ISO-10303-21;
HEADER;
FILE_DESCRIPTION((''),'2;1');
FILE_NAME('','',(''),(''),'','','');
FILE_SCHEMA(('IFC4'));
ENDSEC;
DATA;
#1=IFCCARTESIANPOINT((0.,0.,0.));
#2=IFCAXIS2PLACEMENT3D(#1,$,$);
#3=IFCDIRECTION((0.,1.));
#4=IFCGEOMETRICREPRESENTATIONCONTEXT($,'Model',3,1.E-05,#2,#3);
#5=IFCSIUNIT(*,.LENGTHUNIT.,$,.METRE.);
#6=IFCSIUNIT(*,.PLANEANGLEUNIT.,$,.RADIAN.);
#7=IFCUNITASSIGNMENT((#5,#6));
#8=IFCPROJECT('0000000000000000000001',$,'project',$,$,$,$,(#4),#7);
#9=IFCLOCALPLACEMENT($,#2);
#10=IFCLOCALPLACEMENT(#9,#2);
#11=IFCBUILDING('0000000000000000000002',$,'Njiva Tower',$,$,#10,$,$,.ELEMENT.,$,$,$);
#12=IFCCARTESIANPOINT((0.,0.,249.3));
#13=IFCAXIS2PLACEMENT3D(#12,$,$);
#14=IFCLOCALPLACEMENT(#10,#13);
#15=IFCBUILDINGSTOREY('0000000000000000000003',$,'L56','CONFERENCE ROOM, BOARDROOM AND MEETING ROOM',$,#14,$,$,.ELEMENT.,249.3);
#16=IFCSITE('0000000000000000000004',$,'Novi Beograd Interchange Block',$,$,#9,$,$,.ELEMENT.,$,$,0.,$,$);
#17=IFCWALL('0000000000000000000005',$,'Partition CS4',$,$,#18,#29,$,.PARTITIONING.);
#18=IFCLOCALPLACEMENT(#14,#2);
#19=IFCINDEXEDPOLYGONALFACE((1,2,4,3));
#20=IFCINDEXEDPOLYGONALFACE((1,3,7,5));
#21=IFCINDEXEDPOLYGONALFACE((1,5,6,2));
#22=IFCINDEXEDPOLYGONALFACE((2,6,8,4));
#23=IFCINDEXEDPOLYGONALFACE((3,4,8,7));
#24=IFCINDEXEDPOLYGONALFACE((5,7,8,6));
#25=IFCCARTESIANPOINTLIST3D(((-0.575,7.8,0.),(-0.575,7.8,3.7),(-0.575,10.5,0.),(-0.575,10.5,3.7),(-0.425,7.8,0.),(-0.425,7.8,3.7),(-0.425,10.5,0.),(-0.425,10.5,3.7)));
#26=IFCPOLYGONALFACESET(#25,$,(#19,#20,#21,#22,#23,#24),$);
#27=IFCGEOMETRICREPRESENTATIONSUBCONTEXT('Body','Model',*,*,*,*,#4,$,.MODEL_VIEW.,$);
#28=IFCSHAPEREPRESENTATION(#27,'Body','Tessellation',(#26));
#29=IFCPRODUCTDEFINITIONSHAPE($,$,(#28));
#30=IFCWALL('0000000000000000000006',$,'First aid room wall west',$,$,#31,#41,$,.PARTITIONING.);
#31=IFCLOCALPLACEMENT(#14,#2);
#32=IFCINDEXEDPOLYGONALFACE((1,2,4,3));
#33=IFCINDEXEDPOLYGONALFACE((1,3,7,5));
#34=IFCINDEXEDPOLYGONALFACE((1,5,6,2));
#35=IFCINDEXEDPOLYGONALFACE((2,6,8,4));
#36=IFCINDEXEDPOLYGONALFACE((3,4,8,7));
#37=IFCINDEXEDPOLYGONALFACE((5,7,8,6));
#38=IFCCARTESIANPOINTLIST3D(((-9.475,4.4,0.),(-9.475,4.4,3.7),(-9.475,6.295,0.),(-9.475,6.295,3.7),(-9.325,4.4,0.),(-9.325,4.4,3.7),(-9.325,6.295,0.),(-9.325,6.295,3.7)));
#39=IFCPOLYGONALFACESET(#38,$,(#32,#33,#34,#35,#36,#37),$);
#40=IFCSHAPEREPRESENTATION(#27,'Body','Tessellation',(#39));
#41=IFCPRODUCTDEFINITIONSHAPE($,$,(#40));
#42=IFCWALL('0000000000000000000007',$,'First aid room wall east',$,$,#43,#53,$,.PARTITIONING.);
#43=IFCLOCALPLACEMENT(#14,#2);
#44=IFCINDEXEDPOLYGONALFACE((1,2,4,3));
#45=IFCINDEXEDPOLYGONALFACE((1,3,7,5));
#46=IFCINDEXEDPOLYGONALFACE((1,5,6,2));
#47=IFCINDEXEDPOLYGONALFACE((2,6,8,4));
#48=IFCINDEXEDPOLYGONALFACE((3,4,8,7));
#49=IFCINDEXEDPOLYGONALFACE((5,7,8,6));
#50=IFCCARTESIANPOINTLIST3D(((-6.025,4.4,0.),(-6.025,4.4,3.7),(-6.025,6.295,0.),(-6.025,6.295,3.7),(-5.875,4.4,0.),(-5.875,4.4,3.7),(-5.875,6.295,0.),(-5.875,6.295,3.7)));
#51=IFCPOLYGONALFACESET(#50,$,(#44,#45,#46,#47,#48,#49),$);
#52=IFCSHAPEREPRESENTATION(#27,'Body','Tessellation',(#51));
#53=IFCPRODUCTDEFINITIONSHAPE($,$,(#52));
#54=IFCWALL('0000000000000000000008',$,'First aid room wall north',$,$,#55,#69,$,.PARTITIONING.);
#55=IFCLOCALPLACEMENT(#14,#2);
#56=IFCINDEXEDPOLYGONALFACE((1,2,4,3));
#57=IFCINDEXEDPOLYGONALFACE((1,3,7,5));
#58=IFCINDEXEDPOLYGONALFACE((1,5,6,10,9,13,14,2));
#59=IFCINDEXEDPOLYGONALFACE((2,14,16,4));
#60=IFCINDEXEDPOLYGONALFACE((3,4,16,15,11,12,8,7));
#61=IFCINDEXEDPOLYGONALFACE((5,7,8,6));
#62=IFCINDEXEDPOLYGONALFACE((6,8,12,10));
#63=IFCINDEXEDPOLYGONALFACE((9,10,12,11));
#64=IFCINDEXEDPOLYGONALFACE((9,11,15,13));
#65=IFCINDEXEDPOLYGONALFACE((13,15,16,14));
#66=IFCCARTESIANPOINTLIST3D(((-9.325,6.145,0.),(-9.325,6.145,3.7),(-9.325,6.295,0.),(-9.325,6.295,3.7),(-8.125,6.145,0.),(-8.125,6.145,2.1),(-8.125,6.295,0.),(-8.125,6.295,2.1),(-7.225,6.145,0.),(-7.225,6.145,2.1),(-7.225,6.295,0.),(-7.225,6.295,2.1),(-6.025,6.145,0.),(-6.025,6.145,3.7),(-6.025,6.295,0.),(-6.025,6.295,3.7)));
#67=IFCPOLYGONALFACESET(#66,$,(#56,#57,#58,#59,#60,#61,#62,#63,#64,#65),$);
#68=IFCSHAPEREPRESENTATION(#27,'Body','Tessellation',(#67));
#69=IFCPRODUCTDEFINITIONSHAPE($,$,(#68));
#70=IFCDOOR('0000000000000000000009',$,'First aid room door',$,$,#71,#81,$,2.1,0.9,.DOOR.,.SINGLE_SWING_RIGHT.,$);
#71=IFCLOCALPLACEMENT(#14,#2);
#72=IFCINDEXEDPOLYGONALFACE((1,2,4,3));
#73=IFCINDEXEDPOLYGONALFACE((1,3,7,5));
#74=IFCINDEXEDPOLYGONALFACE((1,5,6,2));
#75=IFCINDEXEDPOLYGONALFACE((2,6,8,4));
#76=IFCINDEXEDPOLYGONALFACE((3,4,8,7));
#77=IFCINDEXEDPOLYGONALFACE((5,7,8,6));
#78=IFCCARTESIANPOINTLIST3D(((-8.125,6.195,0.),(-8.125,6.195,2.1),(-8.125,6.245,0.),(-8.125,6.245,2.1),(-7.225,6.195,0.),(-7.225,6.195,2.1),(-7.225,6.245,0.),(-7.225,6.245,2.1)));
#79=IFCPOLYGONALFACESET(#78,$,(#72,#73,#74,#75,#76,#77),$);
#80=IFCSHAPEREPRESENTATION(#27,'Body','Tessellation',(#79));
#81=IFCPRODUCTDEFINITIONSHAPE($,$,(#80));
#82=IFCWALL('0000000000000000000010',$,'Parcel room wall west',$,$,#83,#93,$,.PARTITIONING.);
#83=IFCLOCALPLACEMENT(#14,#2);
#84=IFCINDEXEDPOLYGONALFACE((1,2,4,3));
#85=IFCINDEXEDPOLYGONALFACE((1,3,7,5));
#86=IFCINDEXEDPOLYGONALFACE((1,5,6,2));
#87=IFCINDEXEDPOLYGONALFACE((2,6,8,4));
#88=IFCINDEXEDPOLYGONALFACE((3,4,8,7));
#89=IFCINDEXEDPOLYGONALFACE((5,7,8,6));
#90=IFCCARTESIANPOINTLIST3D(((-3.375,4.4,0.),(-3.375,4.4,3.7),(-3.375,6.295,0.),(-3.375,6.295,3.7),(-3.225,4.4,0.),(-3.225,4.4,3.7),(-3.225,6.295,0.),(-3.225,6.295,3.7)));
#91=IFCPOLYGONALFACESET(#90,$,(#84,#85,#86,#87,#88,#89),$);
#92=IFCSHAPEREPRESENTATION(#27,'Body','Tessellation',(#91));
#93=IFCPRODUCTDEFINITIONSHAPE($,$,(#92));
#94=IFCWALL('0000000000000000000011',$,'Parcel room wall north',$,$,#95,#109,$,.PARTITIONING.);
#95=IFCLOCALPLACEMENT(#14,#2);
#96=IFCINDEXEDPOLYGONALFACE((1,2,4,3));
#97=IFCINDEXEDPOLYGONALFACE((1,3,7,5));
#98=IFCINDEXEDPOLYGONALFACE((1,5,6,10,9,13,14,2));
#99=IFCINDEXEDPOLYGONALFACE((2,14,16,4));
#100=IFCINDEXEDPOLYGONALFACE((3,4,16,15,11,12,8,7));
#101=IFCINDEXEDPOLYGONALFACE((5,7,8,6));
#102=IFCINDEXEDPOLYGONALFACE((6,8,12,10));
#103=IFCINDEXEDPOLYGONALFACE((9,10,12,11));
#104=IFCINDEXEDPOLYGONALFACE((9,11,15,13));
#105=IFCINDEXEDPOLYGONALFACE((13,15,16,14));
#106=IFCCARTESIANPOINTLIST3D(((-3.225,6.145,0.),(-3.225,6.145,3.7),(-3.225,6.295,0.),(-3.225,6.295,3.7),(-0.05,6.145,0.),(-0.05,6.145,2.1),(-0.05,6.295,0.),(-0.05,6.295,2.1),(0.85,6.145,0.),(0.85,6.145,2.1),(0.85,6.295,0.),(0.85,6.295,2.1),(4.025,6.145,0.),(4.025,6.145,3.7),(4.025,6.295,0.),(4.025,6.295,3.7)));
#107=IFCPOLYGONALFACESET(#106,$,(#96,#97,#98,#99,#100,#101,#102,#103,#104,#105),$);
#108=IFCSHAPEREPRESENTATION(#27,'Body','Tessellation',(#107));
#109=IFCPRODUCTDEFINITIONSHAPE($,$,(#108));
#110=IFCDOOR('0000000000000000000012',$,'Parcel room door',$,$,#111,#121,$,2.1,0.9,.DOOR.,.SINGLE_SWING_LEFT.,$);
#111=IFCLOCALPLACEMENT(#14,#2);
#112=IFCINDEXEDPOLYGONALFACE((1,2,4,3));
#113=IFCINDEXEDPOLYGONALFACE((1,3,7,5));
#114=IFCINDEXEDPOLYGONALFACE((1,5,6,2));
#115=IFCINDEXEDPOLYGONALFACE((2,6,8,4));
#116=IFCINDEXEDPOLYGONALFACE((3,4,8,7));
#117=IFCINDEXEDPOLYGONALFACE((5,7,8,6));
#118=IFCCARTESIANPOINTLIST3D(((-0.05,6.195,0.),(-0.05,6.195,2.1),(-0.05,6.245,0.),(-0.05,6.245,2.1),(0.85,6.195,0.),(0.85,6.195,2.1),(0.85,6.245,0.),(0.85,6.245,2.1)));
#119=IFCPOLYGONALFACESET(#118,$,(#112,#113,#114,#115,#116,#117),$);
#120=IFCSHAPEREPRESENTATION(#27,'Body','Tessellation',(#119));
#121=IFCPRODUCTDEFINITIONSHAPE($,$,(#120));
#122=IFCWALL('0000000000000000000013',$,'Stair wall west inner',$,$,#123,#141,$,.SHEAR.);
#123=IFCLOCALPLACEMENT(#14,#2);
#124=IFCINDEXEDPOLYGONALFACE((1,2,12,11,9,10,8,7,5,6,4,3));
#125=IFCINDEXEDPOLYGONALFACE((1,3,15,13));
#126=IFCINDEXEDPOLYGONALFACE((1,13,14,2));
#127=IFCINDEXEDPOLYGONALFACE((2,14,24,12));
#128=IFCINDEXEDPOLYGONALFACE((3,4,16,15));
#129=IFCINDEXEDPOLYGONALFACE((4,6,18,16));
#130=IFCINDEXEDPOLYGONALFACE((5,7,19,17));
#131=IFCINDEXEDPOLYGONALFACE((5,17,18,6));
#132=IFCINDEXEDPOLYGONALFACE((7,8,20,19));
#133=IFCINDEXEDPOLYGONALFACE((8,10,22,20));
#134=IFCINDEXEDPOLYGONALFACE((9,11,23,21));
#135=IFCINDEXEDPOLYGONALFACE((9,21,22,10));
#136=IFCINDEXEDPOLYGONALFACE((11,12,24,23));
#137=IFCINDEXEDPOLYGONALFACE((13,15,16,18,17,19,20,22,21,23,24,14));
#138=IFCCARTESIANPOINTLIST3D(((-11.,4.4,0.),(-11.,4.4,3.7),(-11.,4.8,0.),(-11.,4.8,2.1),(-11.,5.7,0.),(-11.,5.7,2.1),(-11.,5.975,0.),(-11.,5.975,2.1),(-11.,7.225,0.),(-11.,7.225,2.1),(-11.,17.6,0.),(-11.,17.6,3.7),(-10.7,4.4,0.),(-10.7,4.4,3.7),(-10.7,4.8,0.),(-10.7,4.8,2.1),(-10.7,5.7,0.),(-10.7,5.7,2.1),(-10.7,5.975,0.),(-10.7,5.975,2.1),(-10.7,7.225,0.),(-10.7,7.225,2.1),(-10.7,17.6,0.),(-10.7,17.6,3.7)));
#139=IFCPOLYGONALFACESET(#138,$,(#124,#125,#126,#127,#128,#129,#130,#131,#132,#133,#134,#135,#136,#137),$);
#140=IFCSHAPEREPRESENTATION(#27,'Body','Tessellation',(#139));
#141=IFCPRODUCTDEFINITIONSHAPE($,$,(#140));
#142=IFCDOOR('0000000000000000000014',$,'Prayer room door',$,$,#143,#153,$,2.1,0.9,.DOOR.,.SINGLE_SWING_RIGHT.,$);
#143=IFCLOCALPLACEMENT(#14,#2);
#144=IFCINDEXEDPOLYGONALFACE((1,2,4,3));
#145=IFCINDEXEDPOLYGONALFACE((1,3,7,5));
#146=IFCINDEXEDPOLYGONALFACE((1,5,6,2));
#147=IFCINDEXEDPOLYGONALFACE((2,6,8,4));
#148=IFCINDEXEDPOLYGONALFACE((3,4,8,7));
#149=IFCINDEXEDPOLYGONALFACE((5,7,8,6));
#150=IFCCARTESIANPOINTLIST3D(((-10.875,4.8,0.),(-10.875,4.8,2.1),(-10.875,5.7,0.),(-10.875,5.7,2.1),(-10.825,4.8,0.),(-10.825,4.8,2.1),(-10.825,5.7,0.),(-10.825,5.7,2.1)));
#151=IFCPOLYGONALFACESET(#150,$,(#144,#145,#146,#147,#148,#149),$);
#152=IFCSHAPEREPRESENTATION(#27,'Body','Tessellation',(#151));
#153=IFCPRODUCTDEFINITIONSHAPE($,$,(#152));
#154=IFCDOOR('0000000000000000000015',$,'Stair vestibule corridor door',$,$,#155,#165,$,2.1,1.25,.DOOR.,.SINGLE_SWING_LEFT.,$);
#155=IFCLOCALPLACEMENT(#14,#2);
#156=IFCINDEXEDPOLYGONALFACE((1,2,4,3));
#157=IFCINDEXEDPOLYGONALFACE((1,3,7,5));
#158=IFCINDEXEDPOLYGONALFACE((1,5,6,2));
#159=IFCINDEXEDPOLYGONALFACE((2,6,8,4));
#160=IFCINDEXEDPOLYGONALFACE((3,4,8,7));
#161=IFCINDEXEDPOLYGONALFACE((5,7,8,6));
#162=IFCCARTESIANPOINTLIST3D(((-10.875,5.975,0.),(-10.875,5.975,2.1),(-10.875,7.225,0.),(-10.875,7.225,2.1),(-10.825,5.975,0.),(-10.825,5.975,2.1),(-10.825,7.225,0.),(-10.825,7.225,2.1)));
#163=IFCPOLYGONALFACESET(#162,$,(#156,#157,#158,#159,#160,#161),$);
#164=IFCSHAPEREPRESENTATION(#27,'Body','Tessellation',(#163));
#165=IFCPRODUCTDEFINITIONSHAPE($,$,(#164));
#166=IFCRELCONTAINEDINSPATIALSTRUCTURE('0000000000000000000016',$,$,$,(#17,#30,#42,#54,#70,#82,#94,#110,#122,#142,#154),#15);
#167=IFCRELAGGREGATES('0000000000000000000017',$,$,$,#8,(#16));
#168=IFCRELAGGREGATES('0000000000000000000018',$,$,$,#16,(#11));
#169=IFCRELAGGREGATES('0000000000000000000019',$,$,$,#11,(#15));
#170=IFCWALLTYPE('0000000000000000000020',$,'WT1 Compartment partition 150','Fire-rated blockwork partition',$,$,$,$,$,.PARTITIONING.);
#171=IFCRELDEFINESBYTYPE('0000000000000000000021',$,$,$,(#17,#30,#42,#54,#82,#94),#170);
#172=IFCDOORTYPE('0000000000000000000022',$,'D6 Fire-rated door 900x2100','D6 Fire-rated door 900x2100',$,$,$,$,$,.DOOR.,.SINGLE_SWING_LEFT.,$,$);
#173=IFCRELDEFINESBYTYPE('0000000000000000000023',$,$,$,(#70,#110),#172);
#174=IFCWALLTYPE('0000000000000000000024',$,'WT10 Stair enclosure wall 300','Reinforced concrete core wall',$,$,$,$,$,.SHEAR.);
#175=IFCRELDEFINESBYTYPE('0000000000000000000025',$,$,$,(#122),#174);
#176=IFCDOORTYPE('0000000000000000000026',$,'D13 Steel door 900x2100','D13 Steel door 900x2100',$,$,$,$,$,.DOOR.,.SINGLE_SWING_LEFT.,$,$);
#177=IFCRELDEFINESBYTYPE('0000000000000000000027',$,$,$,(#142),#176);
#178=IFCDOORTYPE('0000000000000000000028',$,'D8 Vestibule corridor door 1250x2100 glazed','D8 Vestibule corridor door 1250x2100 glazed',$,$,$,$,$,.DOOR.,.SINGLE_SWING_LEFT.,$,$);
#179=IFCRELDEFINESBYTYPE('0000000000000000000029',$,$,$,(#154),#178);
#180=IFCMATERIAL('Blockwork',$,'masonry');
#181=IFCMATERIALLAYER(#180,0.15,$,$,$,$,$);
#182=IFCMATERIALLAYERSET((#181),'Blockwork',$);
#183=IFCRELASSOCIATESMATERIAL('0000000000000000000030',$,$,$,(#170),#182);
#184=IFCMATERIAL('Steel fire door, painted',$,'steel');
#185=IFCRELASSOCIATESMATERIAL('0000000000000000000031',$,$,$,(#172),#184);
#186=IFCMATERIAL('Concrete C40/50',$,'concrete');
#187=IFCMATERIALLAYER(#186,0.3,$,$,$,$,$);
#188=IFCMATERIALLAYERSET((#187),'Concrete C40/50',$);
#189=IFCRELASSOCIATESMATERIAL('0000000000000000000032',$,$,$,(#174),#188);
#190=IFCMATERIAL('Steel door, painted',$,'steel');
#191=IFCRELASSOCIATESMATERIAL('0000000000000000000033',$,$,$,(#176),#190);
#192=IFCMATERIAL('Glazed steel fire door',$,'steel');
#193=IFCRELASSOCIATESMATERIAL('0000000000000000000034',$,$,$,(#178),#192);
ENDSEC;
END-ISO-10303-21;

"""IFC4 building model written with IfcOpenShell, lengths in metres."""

from ifc_helpers import new_model, si_unit, direction, frame, frame_2d, origin, place, context, subcontext, project, spatial, rectangle, extrude, material, layer, layer_set, type_object, element, fill, save


model = new_model("IFC4")

# Units and contexts
model_context = context("Model", 3, precision=1e-05, world=origin(), true_north=direction((0.0, 1.0)))
body_context = subcontext(model_context, "Body", "Model", "MODEL_VIEW")
ifc_project = project(units=[si_unit("LENGTHUNIT", "METRE"), si_unit("PLANEANGLEUNIT", "RADIAN")], contexts=[model_context])

# Site, building, storey
site_placement = place(None, origin())
site = spatial("IfcSite", under=ifc_project, at=site_placement, Name="Novi Beograd Interchange Block", CompositionType="ELEMENT", RefElevation=0.0)
building_placement = place(site_placement, origin())
building = spatial("IfcBuilding", under=site, at=building_placement, Name="Njiva Tower", CompositionType="ELEMENT")
storey_placement = place(building_placement, frame((0.0, 0.0, 249.3)))
storey = spatial("IfcBuildingStorey", under=building, at=storey_placement, Name="L56", Description="CONFERENCE ROOM, BOARDROOM AND MEETING ROOM", CompositionType="ELEMENT", Elevation=249.3)

# Walls
ifc_material_1 = material(Name="Blockwork", Category="masonry")
ifc_layer_1 = layer(ifc_material_1, 0.15)
ifc_layer_set_1 = layer_set([ifc_layer_1], Name="Blockwork")
wall_type_1 = type_object("IfcWallType", Name="WT1 Compartment partition 150", Description="Fire-rated blockwork partition", PredefinedType="PARTITIONING", material=ifc_layer_set_1)
wall_1_placement = place(storey_placement, frame((-0.5, 7.8, 0.0), z_axis=(0.0, 0.0, 1.0), x_axis=(0.0, 1.0, 0.0)))
element("IfcWall", 1, at=wall_1_placement, inside=storey, type_object=wall_type_1, Name="Partition CS4", PredefinedType="PARTITIONING", context=body_context, shape_type="SweptSolid", body=[
    extrude(rectangle(XDim=2.7, YDim=0.15, at=frame_2d((1.35, 0.0))), origin(), (0.0, 0.0, 1.0), 3.7),
])
for number, where, z_axis, x_axis, name in (
    (2, (-9.4, 4.4, 0.0), (0.0, 0.0, 1.0), (0.0, 1.0, 0.0), "First aid room wall west"),
    (3, (-5.95, 4.4, 0.0), (0.0, 0.0, 1.0), (0.0, 1.0, 0.0), "First aid room wall east"),
):
    element("IfcWall", number, at=place(storey_placement, frame(where, z_axis=z_axis, x_axis=x_axis)), inside=storey, type_object=wall_type_1, Name=name, PredefinedType="PARTITIONING", context=body_context, shape_type="SweptSolid", body=[
        extrude(rectangle(XDim=1.895, YDim=0.15, at=frame_2d((0.9475, 0.0))), origin(), (0.0, 0.0, 1.0), 3.7),
    ])

# Wall, opening, door
wall_2_placement = place(storey_placement, frame((-9.325, 6.22, 0.0), z_axis=(0.0, 0.0, 1.0), x_axis=(1.0, 0.0, 0.0)))
wall_2 = element("IfcWall", 4, at=wall_2_placement, inside=storey, type_object=wall_type_1, Name="First aid room wall north", PredefinedType="PARTITIONING", context=body_context, shape_type="SweptSolid", body=[
    extrude(rectangle(XDim=3.3, YDim=0.15, at=frame_2d((1.65, 0.0))), origin(), (0.0, 0.0, 1.0), 3.7),
])
opening_1_placement = place(wall_2_placement, frame((1.2, 0.0, 0.0)))
opening_1 = element("IfcOpeningElement", 5, at=opening_1_placement, cuts=wall_2, PredefinedType="OPENING", context=body_context, shape_type="SweptSolid", body=[
    extrude(rectangle(XDim=0.9, YDim=2.1, at=frame_2d((0.45, 1.05))), frame((0.0, 0.085, 0.0), z_axis=(0.0, -1.0, 0.0), x_axis=(1.0, 0.0, 0.0)), (0.0, 0.0, 1.0), 0.17),
])
ifc_material_2 = material(Name="Steel fire door, painted", Category="steel")
door_type_1 = type_object("IfcDoorType", Name="D6 Fire-rated door 900x2100", Description="D6 Fire-rated door 900x2100", OperationType="SINGLE_SWING_LEFT", PredefinedType="DOOR", material=ifc_material_2)
door_1_placement = place(opening_1_placement, origin())
door_1 = element("IfcDoor", 6, at=door_1_placement, inside=storey, type_object=door_type_1, Name="First aid room door", OperationType="SINGLE_SWING_RIGHT", OverallHeight=2.1, OverallWidth=0.9, PredefinedType="DOOR", context=body_context, shape_type="SweptSolid", body=[
    extrude(rectangle(XDim=0.9, YDim=2.1, at=frame_2d((0.45, 1.05))), frame((0.0, 0.025, 0.0), z_axis=(0.0, -1.0, 0.0), x_axis=(1.0, 0.0, 0.0)), (0.0, 0.0, 1.0), 0.05),
])
fill(opening_1, door_1)

# Wall
wall_3_placement = place(storey_placement, frame((-3.3, 4.4, 0.0), z_axis=(0.0, 0.0, 1.0), x_axis=(0.0, 1.0, 0.0)))
element("IfcWall", 7, at=wall_3_placement, inside=storey, type_object=wall_type_1, Name="Parcel room wall west", PredefinedType="PARTITIONING", context=body_context, shape_type="SweptSolid", body=[
    extrude(rectangle(XDim=1.895, YDim=0.15, at=frame_2d((0.9475, 0.0))), origin(), (0.0, 0.0, 1.0), 3.7),
])

# Wall, opening, door
wall_4_placement = place(storey_placement, frame((-3.225, 6.22, 0.0), z_axis=(0.0, 0.0, 1.0), x_axis=(1.0, 0.0, 0.0)))
wall_4 = element("IfcWall", 8, at=wall_4_placement, inside=storey, type_object=wall_type_1, Name="Parcel room wall north", PredefinedType="PARTITIONING", context=body_context, shape_type="SweptSolid", body=[
    extrude(rectangle(XDim=7.25, YDim=0.15, at=frame_2d((3.625, 0.0))), origin(), (0.0, 0.0, 1.0), 3.7),
])
opening_2_placement = place(wall_4_placement, frame((3.175, 0.0, 0.0)))
opening_2 = element("IfcOpeningElement", 9, at=opening_2_placement, cuts=wall_4, PredefinedType="OPENING", context=body_context, shape_type="SweptSolid", body=[
    extrude(rectangle(XDim=0.9, YDim=2.1, at=frame_2d((0.45, 1.05))), frame((0.0, 0.085, 0.0), z_axis=(0.0, -1.0, 0.0), x_axis=(1.0, 0.0, 0.0)), (0.0, 0.0, 1.0), 0.17),
])
door_2_placement = place(opening_2_placement, origin())
door_2 = element("IfcDoor", 10, at=door_2_placement, inside=storey, type_object=door_type_1, Name="Parcel room door", OperationType="SINGLE_SWING_LEFT", OverallHeight=2.1, OverallWidth=0.9, PredefinedType="DOOR", context=body_context, shape_type="SweptSolid", body=[
    extrude(rectangle(XDim=0.9, YDim=2.1, at=frame_2d((0.45, 1.05))), frame((0.0, 0.025, 0.0), z_axis=(0.0, -1.0, 0.0), x_axis=(1.0, 0.0, 0.0)), (0.0, 0.0, 1.0), 0.05),
])
fill(opening_2, door_2)

# Wall, openings, doors
ifc_material_3 = material(Name="Concrete C40/50", Category="concrete")
ifc_layer_2 = layer(ifc_material_3, 0.3)
ifc_layer_set_2 = layer_set([ifc_layer_2], Name="Concrete C40/50")
wall_type_2 = type_object("IfcWallType", Name="WT10 Stair enclosure wall 300", Description="Reinforced concrete core wall", PredefinedType="SHEAR", material=ifc_layer_set_2)
wall_5_placement = place(storey_placement, frame((-10.85, 4.4, 0.0), z_axis=(0.0, 0.0, 1.0), x_axis=(0.0, 1.0, 0.0)))
wall_5 = element("IfcWall", 11, at=wall_5_placement, inside=storey, type_object=wall_type_2, Name="Stair wall west inner", PredefinedType="SHEAR", context=body_context, shape_type="SweptSolid", body=[
    extrude(rectangle(XDim=13.2, YDim=0.3, at=frame_2d((6.6, 0.0))), origin(), (0.0, 0.0, 1.0), 3.7),
])
opening_3_placement = place(wall_5_placement, frame((1.575, 0.0, 0.0)))
opening_3 = element("IfcOpeningElement", 12, at=opening_3_placement, cuts=wall_5, PredefinedType="OPENING", context=body_context, shape_type="SweptSolid", body=[
    extrude(rectangle(XDim=1.25, YDim=2.1, at=frame_2d((0.625, 1.05))), frame((0.0, 0.16, 0.0), z_axis=(0.0, -1.0, 0.0), x_axis=(1.0, 0.0, 0.0)), (0.0, 0.0, 1.0), 0.32),
])
opening_4_placement = place(wall_5_placement, frame((0.4, 0.0, 0.0)))
opening_4 = element("IfcOpeningElement", 13, at=opening_4_placement, cuts=wall_5, PredefinedType="OPENING", context=body_context, shape_type="SweptSolid", body=[
    extrude(rectangle(XDim=0.9, YDim=2.1, at=frame_2d((0.45, 1.05))), frame((0.0, 0.16, 0.0), z_axis=(0.0, -1.0, 0.0), x_axis=(1.0, 0.0, 0.0)), (0.0, 0.0, 1.0), 0.32),
])
ifc_material_4 = material(Name="Steel door, painted", Category="steel")
door_type_2 = type_object("IfcDoorType", Name="D13 Steel door 900x2100", Description="D13 Steel door 900x2100", OperationType="SINGLE_SWING_LEFT", PredefinedType="DOOR", material=ifc_material_4)
door_3_placement = place(opening_4_placement, origin())
door_3 = element("IfcDoor", 14, at=door_3_placement, inside=storey, type_object=door_type_2, Name="Prayer room door", OperationType="SINGLE_SWING_RIGHT", OverallHeight=2.1, OverallWidth=0.9, PredefinedType="DOOR", context=body_context, shape_type="SweptSolid", body=[
    extrude(rectangle(XDim=0.9, YDim=2.1, at=frame_2d((0.45, 1.05))), frame((0.0, 0.025, 0.0), z_axis=(0.0, -1.0, 0.0), x_axis=(1.0, 0.0, 0.0)), (0.0, 0.0, 1.0), 0.05),
])
fill(opening_4, door_3)
ifc_material_5 = material(Name="Glazed steel fire door", Category="steel")
door_type_3 = type_object("IfcDoorType", Name="D8 Vestibule corridor door 1250x2100 glazed", Description="D8 Vestibule corridor door 1250x2100 glazed", OperationType="SINGLE_SWING_LEFT", PredefinedType="DOOR", material=ifc_material_5)
door_4_placement = place(opening_3_placement, origin())
door_4 = element("IfcDoor", 15, at=door_4_placement, inside=storey, type_object=door_type_3, Name="Stair vestibule corridor door", OperationType="SINGLE_SWING_LEFT", OverallHeight=2.1, OverallWidth=1.25, PredefinedType="DOOR", context=body_context, shape_type="SweptSolid", body=[
    extrude(rectangle(XDim=1.25, YDim=2.1, at=frame_2d((0.625, 1.05))), frame((0.0, 0.025, 0.0), z_axis=(0.0, -1.0, 0.0), x_axis=(1.0, 0.0, 0.0)), (0.0, 0.0, 1.0), 0.05),
])
fill(opening_3, door_4)

save(model, "model.ifc")
